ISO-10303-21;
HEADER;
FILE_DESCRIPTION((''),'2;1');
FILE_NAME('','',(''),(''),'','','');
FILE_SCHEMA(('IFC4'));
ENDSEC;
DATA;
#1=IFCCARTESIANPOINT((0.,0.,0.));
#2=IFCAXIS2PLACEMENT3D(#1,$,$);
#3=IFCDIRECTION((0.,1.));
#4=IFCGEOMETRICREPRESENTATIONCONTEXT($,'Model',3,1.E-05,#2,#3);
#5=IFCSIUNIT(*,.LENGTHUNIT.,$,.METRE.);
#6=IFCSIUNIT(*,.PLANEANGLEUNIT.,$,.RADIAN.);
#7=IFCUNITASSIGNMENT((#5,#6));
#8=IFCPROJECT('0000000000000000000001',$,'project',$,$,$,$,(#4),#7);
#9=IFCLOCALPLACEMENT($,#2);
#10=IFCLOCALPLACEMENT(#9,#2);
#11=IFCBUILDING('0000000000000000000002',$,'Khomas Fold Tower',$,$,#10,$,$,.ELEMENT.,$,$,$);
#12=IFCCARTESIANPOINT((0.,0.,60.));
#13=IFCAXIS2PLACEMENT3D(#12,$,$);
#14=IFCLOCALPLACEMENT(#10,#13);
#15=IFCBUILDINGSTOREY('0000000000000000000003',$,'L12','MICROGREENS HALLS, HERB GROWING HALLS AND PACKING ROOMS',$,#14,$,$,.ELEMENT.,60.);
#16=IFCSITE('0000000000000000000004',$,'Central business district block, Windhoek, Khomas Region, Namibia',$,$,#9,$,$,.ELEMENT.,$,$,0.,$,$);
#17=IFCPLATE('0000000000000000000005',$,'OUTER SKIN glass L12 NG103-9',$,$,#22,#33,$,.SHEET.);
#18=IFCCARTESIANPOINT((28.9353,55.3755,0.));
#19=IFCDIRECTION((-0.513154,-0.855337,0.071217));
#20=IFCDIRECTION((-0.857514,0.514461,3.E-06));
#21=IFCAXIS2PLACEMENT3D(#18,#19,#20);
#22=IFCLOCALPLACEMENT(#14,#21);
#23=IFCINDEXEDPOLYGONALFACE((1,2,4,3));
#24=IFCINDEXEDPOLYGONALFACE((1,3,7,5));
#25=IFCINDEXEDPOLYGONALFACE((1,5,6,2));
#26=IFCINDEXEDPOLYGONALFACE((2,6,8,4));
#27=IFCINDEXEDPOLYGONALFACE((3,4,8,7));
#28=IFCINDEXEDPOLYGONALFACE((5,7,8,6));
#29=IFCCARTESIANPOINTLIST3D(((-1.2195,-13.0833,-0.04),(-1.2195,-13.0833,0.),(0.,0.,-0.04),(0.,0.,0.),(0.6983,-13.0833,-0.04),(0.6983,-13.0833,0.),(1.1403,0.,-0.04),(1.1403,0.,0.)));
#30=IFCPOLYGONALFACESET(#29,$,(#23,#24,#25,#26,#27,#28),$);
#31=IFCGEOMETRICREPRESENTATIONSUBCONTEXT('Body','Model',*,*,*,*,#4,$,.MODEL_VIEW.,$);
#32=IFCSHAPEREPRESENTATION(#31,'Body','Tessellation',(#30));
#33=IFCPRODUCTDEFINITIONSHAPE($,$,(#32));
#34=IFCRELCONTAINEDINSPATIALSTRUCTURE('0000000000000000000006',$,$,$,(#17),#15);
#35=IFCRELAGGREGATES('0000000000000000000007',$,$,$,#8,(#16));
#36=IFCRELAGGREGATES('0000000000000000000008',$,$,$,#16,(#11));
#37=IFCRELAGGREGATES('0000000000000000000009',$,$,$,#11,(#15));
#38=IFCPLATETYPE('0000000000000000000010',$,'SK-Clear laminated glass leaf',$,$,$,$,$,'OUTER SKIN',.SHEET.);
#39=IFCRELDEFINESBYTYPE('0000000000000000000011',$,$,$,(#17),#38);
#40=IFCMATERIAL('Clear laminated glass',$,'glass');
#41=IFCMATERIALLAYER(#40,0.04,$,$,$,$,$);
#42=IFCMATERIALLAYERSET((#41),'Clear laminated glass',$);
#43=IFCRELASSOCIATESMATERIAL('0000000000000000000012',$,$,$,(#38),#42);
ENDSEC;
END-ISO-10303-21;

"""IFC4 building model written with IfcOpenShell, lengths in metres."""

from ifc_helpers import new_model, si_unit, direction, frame, origin, place, context, subcontext, project, spatial, polyline, outline, extrude, material, layer, layer_set, type_object, element, save


model = new_model("IFC4")

# Units and contexts
model_context = context("Model", 3, precision=1e-05, world=origin(), true_north=direction((0.0, 1.0)))
body_context = subcontext(model_context, "Body", "Model", "MODEL_VIEW")
ifc_project = project(units=[si_unit("LENGTHUNIT", "METRE"), si_unit("PLANEANGLEUNIT", "RADIAN")], contexts=[model_context])

# Site, building, storey
site_placement = place(None, origin())
site = spatial("IfcSite", under=ifc_project, at=site_placement, Name="Central business district block, Windhoek, Khomas Region, Namibia", CompositionType="ELEMENT", RefElevation=0.0)
building_placement = place(site_placement, origin())
building = spatial("IfcBuilding", under=site, at=building_placement, Name="Khomas Fold Tower", CompositionType="ELEMENT")
storey_placement = place(building_placement, frame((0.0, 0.0, 60.0)))
storey = spatial("IfcBuildingStorey", under=building, at=storey_placement, Name="L12", Description="MICROGREENS HALLS, HERB GROWING HALLS AND PACKING ROOMS", CompositionType="ELEMENT", Elevation=60.0)

# Plate
ifc_material_1 = material(Name="Clear laminated glass", Category="glass")
ifc_layer_1 = layer(ifc_material_1, 0.04)
ifc_layer_set_1 = layer_set([ifc_layer_1], Name="Clear laminated glass")
plate_type_1 = type_object("IfcPlateType", Name="SK-Clear laminated glass leaf", ElementType="OUTER SKIN", PredefinedType="SHEET", material=ifc_layer_set_1)
plate_1_placement = place(storey_placement, frame((28.9353, 55.3755, 0.0), z_axis=(-0.513154, -0.855337, 0.071217), x_axis=(-0.857514, 0.514461, 0.000003)))
element("IfcPlate", 1, at=plate_1_placement, inside=storey, type_object=plate_type_1, Name="OUTER SKIN glass L12 NG103-9", PredefinedType="SHEET", context=body_context, shape_type="SweptSolid", body=[
    extrude(outline(polyline([(0.0, 0.0), (1.1403, 0.0), (0.6983, -13.0833), (-1.2195, -13.0833), (0.0, 0.0)])), origin(), (0.0, 0.0, -1.0), 0.04),
])

save(model, "model.ifc")
